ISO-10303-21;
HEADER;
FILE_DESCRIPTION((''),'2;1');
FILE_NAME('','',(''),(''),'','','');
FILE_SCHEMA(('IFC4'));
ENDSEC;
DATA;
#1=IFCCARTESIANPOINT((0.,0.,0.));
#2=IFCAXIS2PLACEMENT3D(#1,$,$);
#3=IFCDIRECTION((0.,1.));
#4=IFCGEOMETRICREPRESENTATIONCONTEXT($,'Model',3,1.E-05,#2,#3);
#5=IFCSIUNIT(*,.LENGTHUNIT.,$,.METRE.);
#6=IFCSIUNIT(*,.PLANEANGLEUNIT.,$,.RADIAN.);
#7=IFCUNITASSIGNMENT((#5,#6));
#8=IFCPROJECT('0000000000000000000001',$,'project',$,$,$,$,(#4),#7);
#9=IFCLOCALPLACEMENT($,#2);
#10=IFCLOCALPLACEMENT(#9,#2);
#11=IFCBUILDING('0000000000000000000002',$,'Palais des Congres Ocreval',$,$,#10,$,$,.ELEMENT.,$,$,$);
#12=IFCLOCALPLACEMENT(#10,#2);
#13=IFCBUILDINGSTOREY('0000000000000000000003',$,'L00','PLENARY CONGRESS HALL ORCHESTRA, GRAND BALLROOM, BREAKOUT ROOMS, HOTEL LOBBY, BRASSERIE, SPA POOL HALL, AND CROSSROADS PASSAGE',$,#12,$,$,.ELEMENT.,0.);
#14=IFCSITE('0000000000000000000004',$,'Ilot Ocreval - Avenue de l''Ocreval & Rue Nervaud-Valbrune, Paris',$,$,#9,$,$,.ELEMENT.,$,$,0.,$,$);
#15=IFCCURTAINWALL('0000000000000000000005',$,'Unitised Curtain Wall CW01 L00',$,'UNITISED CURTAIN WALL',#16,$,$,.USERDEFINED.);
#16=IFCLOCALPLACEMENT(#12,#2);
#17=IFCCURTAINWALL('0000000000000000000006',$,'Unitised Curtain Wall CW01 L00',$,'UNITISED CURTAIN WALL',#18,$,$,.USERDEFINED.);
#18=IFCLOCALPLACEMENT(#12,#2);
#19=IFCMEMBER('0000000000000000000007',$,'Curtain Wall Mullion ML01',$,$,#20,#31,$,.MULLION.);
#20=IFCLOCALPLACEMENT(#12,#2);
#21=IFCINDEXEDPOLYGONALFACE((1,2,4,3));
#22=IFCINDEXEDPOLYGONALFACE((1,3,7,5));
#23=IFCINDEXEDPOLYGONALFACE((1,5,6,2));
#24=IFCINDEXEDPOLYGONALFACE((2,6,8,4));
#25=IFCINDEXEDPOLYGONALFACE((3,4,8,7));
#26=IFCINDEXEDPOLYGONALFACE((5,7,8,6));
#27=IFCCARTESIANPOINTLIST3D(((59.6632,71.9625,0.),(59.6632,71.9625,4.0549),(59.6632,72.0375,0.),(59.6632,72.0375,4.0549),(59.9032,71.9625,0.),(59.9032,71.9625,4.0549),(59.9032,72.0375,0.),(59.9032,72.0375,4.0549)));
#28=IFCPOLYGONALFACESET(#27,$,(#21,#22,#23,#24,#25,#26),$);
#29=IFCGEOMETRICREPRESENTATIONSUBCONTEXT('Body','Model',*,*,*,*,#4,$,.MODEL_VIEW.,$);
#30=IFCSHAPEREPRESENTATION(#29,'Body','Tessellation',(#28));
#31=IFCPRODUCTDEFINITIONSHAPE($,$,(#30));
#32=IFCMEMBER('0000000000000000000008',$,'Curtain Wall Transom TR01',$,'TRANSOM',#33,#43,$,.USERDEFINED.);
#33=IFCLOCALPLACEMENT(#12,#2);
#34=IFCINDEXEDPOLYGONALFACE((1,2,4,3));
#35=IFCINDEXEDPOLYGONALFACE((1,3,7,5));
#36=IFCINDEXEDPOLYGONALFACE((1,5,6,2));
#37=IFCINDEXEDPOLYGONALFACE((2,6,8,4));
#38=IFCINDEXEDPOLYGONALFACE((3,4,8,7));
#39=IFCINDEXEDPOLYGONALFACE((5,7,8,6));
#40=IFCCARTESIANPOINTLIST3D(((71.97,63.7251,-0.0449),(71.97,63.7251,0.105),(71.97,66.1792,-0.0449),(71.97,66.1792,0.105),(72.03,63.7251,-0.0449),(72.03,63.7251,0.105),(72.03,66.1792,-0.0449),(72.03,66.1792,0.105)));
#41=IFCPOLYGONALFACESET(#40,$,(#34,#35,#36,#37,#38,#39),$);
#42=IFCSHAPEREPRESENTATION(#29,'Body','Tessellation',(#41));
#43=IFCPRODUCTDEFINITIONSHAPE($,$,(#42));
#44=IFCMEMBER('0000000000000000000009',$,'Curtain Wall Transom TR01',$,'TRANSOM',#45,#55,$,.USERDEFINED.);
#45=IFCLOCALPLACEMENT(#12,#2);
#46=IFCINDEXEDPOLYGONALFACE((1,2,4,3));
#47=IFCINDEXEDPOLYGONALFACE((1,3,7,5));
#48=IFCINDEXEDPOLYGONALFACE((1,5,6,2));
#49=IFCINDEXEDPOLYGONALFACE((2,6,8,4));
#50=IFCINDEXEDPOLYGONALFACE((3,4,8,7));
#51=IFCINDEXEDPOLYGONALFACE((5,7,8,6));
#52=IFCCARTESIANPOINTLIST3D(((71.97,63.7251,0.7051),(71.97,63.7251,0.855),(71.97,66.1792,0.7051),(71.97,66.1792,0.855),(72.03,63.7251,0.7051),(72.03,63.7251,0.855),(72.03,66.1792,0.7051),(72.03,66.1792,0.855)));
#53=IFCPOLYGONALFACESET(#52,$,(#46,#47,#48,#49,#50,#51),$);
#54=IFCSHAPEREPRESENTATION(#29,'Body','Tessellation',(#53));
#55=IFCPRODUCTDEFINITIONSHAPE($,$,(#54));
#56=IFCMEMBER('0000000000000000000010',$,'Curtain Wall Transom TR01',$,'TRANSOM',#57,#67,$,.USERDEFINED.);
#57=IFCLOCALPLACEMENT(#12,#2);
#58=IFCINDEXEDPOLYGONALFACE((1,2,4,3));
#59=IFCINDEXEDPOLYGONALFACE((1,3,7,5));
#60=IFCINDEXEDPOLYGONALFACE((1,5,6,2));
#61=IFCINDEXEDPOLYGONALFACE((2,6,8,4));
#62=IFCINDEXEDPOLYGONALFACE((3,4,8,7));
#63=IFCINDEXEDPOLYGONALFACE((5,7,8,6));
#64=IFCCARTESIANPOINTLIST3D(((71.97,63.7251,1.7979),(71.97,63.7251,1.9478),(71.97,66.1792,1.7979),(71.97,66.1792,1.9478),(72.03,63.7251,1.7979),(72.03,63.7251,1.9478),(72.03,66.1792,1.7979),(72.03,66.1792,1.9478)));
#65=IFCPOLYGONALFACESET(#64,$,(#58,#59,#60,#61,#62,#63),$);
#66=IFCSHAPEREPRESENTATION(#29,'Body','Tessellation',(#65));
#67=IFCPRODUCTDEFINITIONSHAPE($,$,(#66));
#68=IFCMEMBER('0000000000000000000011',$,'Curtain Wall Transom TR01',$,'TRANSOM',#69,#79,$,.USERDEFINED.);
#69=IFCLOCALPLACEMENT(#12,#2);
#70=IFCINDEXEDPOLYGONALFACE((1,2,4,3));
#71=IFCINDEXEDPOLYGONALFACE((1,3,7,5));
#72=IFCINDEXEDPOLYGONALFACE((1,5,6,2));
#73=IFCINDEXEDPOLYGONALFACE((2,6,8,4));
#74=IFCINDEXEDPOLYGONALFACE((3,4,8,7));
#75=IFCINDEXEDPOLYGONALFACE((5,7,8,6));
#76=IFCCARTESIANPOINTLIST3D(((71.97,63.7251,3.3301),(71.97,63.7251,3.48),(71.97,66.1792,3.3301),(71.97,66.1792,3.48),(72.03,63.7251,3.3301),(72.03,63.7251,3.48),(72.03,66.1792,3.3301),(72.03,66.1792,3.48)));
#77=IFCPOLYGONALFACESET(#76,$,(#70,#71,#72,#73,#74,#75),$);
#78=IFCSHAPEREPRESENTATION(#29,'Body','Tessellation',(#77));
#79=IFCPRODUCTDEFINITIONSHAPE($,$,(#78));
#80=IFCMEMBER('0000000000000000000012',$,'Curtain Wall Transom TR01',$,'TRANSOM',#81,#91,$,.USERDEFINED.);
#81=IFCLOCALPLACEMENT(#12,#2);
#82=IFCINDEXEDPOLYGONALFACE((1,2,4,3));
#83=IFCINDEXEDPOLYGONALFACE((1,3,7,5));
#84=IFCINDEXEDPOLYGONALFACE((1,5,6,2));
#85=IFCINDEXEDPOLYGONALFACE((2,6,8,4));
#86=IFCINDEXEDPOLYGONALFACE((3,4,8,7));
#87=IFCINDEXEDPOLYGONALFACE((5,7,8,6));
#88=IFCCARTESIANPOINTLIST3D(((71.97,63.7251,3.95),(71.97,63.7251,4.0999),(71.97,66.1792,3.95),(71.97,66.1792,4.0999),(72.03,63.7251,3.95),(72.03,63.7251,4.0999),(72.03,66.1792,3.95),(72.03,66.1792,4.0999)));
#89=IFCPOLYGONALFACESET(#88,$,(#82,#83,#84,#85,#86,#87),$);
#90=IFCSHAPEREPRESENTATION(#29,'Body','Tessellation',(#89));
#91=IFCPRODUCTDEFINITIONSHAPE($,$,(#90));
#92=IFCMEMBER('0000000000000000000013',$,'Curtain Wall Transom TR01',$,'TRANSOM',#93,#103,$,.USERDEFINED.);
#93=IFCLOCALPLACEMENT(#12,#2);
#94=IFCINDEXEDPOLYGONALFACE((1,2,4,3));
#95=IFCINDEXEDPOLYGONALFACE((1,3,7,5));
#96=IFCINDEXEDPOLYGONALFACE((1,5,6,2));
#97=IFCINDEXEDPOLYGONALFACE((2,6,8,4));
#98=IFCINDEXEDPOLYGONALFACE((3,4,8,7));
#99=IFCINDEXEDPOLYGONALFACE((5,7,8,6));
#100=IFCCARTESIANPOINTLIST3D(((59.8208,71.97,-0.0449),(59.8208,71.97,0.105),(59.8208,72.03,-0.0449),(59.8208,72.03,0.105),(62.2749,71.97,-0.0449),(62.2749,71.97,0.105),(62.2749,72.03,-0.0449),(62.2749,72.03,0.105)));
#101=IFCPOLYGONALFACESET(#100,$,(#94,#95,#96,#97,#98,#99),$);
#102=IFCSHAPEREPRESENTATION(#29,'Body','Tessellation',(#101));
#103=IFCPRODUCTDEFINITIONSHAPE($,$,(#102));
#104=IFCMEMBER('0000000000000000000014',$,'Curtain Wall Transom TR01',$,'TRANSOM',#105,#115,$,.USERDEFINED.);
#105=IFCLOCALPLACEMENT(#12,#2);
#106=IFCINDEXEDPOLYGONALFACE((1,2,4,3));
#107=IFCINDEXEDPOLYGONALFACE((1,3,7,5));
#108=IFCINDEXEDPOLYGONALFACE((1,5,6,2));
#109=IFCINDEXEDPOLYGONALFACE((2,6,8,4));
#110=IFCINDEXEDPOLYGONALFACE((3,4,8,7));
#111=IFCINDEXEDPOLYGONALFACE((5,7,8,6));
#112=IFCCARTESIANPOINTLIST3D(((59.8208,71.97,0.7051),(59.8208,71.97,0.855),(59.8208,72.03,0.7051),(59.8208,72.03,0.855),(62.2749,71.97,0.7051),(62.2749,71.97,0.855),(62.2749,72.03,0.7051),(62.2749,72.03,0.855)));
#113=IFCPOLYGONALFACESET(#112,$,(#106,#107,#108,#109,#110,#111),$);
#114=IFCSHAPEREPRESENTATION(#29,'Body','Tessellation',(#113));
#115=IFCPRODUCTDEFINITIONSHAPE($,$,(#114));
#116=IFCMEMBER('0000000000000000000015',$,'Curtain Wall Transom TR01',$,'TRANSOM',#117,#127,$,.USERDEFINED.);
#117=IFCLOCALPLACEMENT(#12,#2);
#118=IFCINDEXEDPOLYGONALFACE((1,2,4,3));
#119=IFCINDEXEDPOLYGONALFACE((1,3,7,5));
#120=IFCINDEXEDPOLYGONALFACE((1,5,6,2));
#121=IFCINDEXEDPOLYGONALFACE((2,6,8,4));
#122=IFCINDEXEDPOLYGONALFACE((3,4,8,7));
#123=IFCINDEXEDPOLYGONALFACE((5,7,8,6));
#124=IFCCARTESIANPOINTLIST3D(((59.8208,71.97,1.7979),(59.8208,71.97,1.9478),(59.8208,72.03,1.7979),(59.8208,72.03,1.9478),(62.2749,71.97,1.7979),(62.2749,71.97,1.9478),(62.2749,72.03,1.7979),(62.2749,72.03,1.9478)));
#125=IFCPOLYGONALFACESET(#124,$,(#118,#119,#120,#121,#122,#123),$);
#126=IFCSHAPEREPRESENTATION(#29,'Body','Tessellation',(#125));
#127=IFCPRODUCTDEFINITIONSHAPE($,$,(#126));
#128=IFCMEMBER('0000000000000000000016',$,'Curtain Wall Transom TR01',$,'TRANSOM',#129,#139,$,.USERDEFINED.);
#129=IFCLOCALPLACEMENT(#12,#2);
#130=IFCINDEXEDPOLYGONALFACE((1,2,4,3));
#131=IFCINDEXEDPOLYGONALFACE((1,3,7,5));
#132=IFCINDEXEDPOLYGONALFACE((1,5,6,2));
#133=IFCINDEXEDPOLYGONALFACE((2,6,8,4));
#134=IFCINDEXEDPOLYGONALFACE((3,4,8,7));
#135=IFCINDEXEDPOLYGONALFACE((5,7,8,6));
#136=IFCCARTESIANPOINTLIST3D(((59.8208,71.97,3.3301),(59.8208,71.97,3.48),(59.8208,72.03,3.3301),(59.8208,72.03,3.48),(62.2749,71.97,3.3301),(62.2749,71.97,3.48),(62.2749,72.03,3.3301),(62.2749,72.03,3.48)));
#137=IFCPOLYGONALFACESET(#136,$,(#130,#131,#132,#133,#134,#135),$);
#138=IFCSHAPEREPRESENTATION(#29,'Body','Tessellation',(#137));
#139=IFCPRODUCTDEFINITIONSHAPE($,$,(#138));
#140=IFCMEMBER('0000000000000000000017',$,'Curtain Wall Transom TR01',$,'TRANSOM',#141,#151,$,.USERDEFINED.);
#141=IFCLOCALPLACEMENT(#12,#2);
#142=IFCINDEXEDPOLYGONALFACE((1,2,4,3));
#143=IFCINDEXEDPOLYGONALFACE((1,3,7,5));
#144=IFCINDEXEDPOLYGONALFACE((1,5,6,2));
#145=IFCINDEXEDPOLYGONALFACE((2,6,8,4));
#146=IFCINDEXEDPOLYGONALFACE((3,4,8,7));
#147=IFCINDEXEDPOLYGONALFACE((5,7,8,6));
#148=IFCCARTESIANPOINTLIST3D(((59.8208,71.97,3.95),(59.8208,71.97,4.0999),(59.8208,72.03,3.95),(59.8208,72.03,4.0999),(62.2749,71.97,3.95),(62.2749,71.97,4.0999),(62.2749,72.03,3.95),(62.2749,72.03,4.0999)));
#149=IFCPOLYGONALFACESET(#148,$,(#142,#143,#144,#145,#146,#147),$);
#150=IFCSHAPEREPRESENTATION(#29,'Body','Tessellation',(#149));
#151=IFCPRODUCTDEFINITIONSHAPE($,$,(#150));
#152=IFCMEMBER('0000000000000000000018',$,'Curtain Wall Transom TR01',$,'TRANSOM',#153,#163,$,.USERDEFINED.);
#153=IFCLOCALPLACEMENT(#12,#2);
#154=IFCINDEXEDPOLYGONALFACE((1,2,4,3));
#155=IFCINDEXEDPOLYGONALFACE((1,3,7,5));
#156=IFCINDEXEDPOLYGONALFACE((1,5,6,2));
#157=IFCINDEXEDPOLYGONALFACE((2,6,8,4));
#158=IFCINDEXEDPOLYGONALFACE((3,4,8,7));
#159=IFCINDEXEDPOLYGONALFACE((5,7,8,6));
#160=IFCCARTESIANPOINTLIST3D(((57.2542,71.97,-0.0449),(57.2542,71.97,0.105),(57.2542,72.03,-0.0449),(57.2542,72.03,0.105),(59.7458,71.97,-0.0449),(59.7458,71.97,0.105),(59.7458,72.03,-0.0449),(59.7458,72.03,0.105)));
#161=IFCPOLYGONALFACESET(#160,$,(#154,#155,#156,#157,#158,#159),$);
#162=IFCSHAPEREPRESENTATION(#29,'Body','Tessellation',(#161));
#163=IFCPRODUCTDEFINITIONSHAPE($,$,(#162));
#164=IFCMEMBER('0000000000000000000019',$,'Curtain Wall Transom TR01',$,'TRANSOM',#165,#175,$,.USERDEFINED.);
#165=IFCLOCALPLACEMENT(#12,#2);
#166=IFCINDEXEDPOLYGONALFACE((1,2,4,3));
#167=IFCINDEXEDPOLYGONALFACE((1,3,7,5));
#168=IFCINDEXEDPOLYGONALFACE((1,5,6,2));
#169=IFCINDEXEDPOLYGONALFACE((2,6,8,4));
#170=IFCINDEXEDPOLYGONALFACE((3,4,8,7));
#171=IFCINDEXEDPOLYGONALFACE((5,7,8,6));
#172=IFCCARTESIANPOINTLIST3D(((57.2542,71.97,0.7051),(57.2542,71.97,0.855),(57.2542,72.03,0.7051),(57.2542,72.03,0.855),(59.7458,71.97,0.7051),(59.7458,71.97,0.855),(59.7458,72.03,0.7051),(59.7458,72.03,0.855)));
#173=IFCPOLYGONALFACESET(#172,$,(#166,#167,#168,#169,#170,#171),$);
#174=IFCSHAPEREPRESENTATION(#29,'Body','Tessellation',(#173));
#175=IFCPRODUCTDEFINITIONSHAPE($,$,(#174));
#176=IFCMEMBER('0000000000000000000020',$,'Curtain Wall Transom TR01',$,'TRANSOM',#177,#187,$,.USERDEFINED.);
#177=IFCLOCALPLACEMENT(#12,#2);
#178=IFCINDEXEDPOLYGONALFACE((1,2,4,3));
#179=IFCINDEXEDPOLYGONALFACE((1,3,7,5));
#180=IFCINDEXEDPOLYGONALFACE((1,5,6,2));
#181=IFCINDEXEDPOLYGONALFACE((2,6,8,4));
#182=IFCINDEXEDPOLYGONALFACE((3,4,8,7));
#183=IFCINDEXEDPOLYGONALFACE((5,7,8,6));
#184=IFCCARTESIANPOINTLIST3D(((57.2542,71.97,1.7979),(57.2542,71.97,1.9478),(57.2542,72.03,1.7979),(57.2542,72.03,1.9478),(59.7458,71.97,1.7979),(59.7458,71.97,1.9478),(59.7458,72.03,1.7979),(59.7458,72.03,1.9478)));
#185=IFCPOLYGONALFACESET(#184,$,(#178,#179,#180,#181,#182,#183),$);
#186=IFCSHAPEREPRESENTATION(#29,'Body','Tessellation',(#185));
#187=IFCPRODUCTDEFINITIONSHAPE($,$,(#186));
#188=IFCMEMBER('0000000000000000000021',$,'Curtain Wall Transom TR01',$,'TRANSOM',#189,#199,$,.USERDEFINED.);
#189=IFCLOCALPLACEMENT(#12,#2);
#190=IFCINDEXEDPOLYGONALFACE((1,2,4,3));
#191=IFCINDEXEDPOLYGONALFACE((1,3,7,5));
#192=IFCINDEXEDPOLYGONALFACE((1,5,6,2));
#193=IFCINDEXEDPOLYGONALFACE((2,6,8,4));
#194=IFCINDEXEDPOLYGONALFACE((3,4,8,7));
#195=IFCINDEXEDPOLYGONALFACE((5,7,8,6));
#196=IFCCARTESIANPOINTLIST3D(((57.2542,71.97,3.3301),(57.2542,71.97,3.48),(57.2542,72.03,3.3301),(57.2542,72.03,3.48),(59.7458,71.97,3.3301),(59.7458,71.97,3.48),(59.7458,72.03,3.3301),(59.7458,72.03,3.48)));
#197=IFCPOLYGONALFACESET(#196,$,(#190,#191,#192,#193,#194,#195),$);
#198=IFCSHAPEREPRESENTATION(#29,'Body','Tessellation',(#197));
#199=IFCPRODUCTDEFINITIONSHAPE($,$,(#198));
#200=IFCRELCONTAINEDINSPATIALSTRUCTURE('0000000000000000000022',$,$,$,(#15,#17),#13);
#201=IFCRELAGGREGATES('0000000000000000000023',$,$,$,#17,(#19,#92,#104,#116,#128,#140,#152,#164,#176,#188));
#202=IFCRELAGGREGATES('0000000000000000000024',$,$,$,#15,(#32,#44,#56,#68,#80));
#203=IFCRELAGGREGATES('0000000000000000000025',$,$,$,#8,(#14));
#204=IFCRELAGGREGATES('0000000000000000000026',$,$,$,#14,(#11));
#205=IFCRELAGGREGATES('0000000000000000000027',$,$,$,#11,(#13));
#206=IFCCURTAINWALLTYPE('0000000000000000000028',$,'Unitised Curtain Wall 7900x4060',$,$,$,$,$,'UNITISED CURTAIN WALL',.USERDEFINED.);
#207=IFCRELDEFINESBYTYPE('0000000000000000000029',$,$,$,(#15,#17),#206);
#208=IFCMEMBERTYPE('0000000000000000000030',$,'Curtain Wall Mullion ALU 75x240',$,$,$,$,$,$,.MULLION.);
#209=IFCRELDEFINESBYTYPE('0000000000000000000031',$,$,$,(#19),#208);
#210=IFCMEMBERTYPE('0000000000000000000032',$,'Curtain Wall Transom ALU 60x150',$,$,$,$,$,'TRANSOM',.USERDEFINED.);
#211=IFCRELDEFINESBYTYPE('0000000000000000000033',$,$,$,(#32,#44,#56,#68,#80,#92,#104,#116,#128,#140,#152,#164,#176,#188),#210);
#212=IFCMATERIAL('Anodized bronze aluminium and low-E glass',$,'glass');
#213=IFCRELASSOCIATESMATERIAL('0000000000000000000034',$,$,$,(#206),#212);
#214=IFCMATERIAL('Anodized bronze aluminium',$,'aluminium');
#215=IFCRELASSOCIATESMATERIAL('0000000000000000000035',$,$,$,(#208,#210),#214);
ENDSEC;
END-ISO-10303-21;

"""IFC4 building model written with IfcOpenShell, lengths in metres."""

from ifc_helpers import new_model, si_unit, direction, frame, origin, origin_2d, place, context, subcontext, project, spatial, rectangle, extrude, material, material_profile, profile_set, type_object, element, aggregate, save


model = new_model("IFC4")

# Units and contexts
model_context = context("Model", 3, precision=1e-05, world=origin(), true_north=direction((0.0, 1.0)))
body_context = subcontext(model_context, "Body", "Model", "MODEL_VIEW")
ifc_project = project(units=[si_unit("LENGTHUNIT", "METRE"), si_unit("PLANEANGLEUNIT", "RADIAN")], contexts=[model_context])

# Site, building, storey
site_placement = place(None, origin())
site = spatial("IfcSite", under=ifc_project, at=site_placement, Name="Ilot Ocreval - Avenue de l'Ocreval & Rue Nervaud-Valbrune, Paris", CompositionType="ELEMENT", RefElevation=0.0)
building_placement = place(site_placement, origin())
building = spatial("IfcBuilding", under=site, at=building_placement, Name="Palais des Congres Ocreval", CompositionType="ELEMENT")
storey_placement = place(building_placement, origin())
storey = spatial("IfcBuildingStorey", under=building, at=storey_placement, Name="L00", Description="PLENARY CONGRESS HALL ORCHESTRA, GRAND BALLROOM, BREAKOUT ROOMS, HOTEL LOBBY, BRASSERIE, SPA POOL HALL, AND CROSSROADS PASSAGE", CompositionType="ELEMENT", Elevation=0.0)

# Curtain wall
ifc_material_1 = material(Name="Anodized bronze aluminium and low-E glass", Category="glass")
curtain_wall_type = type_object("IfcCurtainWallType", Name="Unitised Curtain Wall 7900x4060", ElementType="UNITISED CURTAIN WALL", PredefinedType="USERDEFINED", material=ifc_material_1)
curtain_wall_1_placement = place(storey_placement, origin())
curtain_wall_1 = element("IfcCurtainWall", 1, at=curtain_wall_1_placement, inside=storey, type_object=curtain_wall_type, Name="Unitised Curtain Wall CW01 L00", ObjectType="UNITISED CURTAIN WALL", PredefinedType="USERDEFINED")
ifc_material_2 = material(Name="Anodized bronze aluminium", Category="aluminium")
ifc_material_profile_1 = material_profile(ifc_material_2, rectangle(XDim=0.075, YDim=0.24, at=origin_2d()), Name="ALU 75x240")
ifc_profile_set_1 = profile_set([ifc_material_profile_1], Name="Anodized bronze aluminium")
member_type_1 = type_object("IfcMemberType", Name="Curtain Wall Mullion ALU 75x240", PredefinedType="MULLION", material=ifc_profile_set_1)

# Curtain wall, member
curtain_wall_2_placement = place(storey_placement, origin())
curtain_wall_2 = element("IfcCurtainWall", 2, at=curtain_wall_2_placement, inside=storey, type_object=curtain_wall_type, Name="Unitised Curtain Wall CW01 L00", ObjectType="UNITISED CURTAIN WALL", PredefinedType="USERDEFINED")
member_1_placement = place(storey_placement, frame((59.7832, 72.0, 0.0), z_axis=(0.0, 0.0, 1.0), x_axis=(0.0, -1.0, 0.0)))
member_1 = element("IfcMember", 3, at=member_1_placement, type_object=member_type_1, Name="Curtain Wall Mullion ML01", PredefinedType="MULLION", context=body_context, shape_type="SweptSolid", body=[
    extrude(rectangle(XDim=0.075, YDim=0.24, at=origin_2d()), origin(), (0.0, 0.0, 1.0), 4.0549),
])

# Members
ifc_material_profile_2 = material_profile(ifc_material_2, rectangle(XDim=0.0601, YDim=0.1499, at=origin_2d()), Name="ALU 60x150")
ifc_profile_set_2 = profile_set([ifc_material_profile_2], Name="Anodized bronze aluminium")
member_type_2 = type_object("IfcMemberType", Name="Curtain Wall Transom ALU 60x150", ElementType="TRANSOM", PredefinedType="USERDEFINED", material=ifc_profile_set_2)
member_2_placement = place(storey_placement, frame((72.0, 63.7251, 0.03), z_axis=(0.0, 1.0, 0.0), x_axis=(-1.0, 0.0, 0.0)))
member_2 = element("IfcMember", 4, at=member_2_placement, type_object=member_type_2, Name="Curtain Wall Transom TR01", ObjectType="TRANSOM", PredefinedType="USERDEFINED", context=body_context, shape_type="SweptSolid", body=[
    extrude(rectangle(XDim=0.0601, YDim=0.1499, at=origin_2d()), origin(), (0.0, 0.0, 1.0), 2.4541),
])
member_3_placement = place(storey_placement, frame((72.0, 63.7251, 0.78), z_axis=(0.0, 1.0, 0.0), x_axis=(-1.0, 0.0, 0.0)))
member_3 = element("IfcMember", 5, at=member_3_placement, type_object=member_type_2, Name="Curtain Wall Transom TR01", ObjectType="TRANSOM", PredefinedType="USERDEFINED", context=body_context, shape_type="SweptSolid", body=[
    extrude(rectangle(XDim=0.0601, YDim=0.1499, at=origin_2d()), origin(), (0.0, 0.0, 1.0), 2.4541),
])
member_4_placement = place(storey_placement, frame((72.0, 63.7251, 1.8728), z_axis=(0.0, 1.0, 0.0), x_axis=(-1.0, 0.0, 0.0)))
member_4 = element("IfcMember", 6, at=member_4_placement, type_object=member_type_2, Name="Curtain Wall Transom TR01", ObjectType="TRANSOM", PredefinedType="USERDEFINED", context=body_context, shape_type="SweptSolid", body=[
    extrude(rectangle(XDim=0.0601, YDim=0.1499, at=origin_2d()), origin(), (0.0, 0.0, 1.0), 2.4541),
])
member_5_placement = place(storey_placement, frame((72.0, 63.7251, 3.405), z_axis=(0.0, 1.0, 0.0), x_axis=(-1.0, 0.0, 0.0)))
member_5 = element("IfcMember", 7, at=member_5_placement, type_object=member_type_2, Name="Curtain Wall Transom TR01", ObjectType="TRANSOM", PredefinedType="USERDEFINED", context=body_context, shape_type="SweptSolid", body=[
    extrude(rectangle(XDim=0.0601, YDim=0.1499, at=origin_2d()), origin(), (0.0, 0.0, 1.0), 2.4541),
])
member_6_placement = place(storey_placement, frame((72.0, 63.7251, 4.0249), z_axis=(0.0, 1.0, 0.0), x_axis=(-1.0, 0.0, 0.0)))
member_6 = element("IfcMember", 8, at=member_6_placement, type_object=member_type_2, Name="Curtain Wall Transom TR01", ObjectType="TRANSOM", PredefinedType="USERDEFINED", context=body_context, shape_type="SweptSolid", body=[
    extrude(rectangle(XDim=0.0601, YDim=0.1499, at=origin_2d()), origin(), (0.0, 0.0, 1.0), 2.4541),
])
member_7_placement = place(storey_placement, frame((62.2749, 72.0, 0.03), z_axis=(-1.0, 0.0, 0.0), x_axis=(0.0, -1.0, 0.0)))
member_7 = element("IfcMember", 9, at=member_7_placement, type_object=member_type_2, Name="Curtain Wall Transom TR01", ObjectType="TRANSOM", PredefinedType="USERDEFINED", context=body_context, shape_type="SweptSolid", body=[
    extrude(rectangle(XDim=0.0601, YDim=0.1499, at=origin_2d()), origin(), (0.0, 0.0, 1.0), 2.4541),
])
member_8_placement = place(storey_placement, frame((62.2749, 72.0, 0.78), z_axis=(-1.0, 0.0, 0.0), x_axis=(0.0, -1.0, 0.0)))
member_8 = element("IfcMember", 10, at=member_8_placement, type_object=member_type_2, Name="Curtain Wall Transom TR01", ObjectType="TRANSOM", PredefinedType="USERDEFINED", context=body_context, shape_type="SweptSolid", body=[
    extrude(rectangle(XDim=0.0601, YDim=0.1499, at=origin_2d()), origin(), (0.0, 0.0, 1.0), 2.4541),
])
member_9_placement = place(storey_placement, frame((62.2749, 72.0, 1.8728), z_axis=(-1.0, 0.0, 0.0), x_axis=(0.0, -1.0, 0.0)))
member_9 = element("IfcMember", 11, at=member_9_placement, type_object=member_type_2, Name="Curtain Wall Transom TR01", ObjectType="TRANSOM", PredefinedType="USERDEFINED", context=body_context, shape_type="SweptSolid", body=[
    extrude(rectangle(XDim=0.0601, YDim=0.1499, at=origin_2d()), origin(), (0.0, 0.0, 1.0), 2.4541),
])
member_10_placement = place(storey_placement, frame((62.2749, 72.0, 3.405), z_axis=(-1.0, 0.0, 0.0), x_axis=(0.0, -1.0, 0.0)))
member_10 = element("IfcMember", 12, at=member_10_placement, type_object=member_type_2, Name="Curtain Wall Transom TR01", ObjectType="TRANSOM", PredefinedType="USERDEFINED", context=body_context, shape_type="SweptSolid", body=[
    extrude(rectangle(XDim=0.0601, YDim=0.1499, at=origin_2d()), origin(), (0.0, 0.0, 1.0), 2.4541),
])
member_11_placement = place(storey_placement, frame((62.2749, 72.0, 4.0249), z_axis=(-1.0, 0.0, 0.0), x_axis=(0.0, -1.0, 0.0)))
member_11 = element("IfcMember", 13, at=member_11_placement, type_object=member_type_2, Name="Curtain Wall Transom TR01", ObjectType="TRANSOM", PredefinedType="USERDEFINED", context=body_context, shape_type="SweptSolid", body=[
    extrude(rectangle(XDim=0.0601, YDim=0.1499, at=origin_2d()), origin(), (0.0, 0.0, 1.0), 2.4541),
])
member_12_placement = place(storey_placement, frame((59.7458, 72.0, 0.03), z_axis=(-1.0, 0.0, 0.0), x_axis=(0.0, -1.0, 0.0)))
member_12 = element("IfcMember", 14, at=member_12_placement, type_object=member_type_2, Name="Curtain Wall Transom TR01", ObjectType="TRANSOM", PredefinedType="USERDEFINED", context=body_context, shape_type="SweptSolid", body=[
    extrude(rectangle(XDim=0.0601, YDim=0.1499, at=origin_2d()), origin(), (0.0, 0.0, 1.0), 2.4917),
])
member_13_placement = place(storey_placement, frame((59.7458, 72.0, 0.78), z_axis=(-1.0, 0.0, 0.0), x_axis=(0.0, -1.0, 0.0)))
member_13 = element("IfcMember", 15, at=member_13_placement, type_object=member_type_2, Name="Curtain Wall Transom TR01", ObjectType="TRANSOM", PredefinedType="USERDEFINED", context=body_context, shape_type="SweptSolid", body=[
    extrude(rectangle(XDim=0.0601, YDim=0.1499, at=origin_2d()), origin(), (0.0, 0.0, 1.0), 2.4917),
])
member_14_placement = place(storey_placement, frame((59.7458, 72.0, 1.8728), z_axis=(-1.0, 0.0, 0.0), x_axis=(0.0, -1.0, 0.0)))
member_14 = element("IfcMember", 16, at=member_14_placement, type_object=member_type_2, Name="Curtain Wall Transom TR01", ObjectType="TRANSOM", PredefinedType="USERDEFINED", context=body_context, shape_type="SweptSolid", body=[
    extrude(rectangle(XDim=0.0601, YDim=0.1499, at=origin_2d()), origin(), (0.0, 0.0, 1.0), 2.4917),
])
member_15_placement = place(storey_placement, frame((59.7458, 72.0, 3.405), z_axis=(-1.0, 0.0, 0.0), x_axis=(0.0, -1.0, 0.0)))
member_15 = element("IfcMember", 17, at=member_15_placement, type_object=member_type_2, Name="Curtain Wall Transom TR01", ObjectType="TRANSOM", PredefinedType="USERDEFINED", context=body_context, shape_type="SweptSolid", body=[
    extrude(rectangle(XDim=0.0601, YDim=0.1499, at=origin_2d()), origin(), (0.0, 0.0, 1.0), 2.4917),
])

aggregate(curtain_wall_2, [member_1, member_7, member_8, member_9, member_10, member_11, member_12, member_13, member_14, member_15])
aggregate(curtain_wall_1, [member_2, member_3, member_4, member_5, member_6])

save(model, "model.ifc")
